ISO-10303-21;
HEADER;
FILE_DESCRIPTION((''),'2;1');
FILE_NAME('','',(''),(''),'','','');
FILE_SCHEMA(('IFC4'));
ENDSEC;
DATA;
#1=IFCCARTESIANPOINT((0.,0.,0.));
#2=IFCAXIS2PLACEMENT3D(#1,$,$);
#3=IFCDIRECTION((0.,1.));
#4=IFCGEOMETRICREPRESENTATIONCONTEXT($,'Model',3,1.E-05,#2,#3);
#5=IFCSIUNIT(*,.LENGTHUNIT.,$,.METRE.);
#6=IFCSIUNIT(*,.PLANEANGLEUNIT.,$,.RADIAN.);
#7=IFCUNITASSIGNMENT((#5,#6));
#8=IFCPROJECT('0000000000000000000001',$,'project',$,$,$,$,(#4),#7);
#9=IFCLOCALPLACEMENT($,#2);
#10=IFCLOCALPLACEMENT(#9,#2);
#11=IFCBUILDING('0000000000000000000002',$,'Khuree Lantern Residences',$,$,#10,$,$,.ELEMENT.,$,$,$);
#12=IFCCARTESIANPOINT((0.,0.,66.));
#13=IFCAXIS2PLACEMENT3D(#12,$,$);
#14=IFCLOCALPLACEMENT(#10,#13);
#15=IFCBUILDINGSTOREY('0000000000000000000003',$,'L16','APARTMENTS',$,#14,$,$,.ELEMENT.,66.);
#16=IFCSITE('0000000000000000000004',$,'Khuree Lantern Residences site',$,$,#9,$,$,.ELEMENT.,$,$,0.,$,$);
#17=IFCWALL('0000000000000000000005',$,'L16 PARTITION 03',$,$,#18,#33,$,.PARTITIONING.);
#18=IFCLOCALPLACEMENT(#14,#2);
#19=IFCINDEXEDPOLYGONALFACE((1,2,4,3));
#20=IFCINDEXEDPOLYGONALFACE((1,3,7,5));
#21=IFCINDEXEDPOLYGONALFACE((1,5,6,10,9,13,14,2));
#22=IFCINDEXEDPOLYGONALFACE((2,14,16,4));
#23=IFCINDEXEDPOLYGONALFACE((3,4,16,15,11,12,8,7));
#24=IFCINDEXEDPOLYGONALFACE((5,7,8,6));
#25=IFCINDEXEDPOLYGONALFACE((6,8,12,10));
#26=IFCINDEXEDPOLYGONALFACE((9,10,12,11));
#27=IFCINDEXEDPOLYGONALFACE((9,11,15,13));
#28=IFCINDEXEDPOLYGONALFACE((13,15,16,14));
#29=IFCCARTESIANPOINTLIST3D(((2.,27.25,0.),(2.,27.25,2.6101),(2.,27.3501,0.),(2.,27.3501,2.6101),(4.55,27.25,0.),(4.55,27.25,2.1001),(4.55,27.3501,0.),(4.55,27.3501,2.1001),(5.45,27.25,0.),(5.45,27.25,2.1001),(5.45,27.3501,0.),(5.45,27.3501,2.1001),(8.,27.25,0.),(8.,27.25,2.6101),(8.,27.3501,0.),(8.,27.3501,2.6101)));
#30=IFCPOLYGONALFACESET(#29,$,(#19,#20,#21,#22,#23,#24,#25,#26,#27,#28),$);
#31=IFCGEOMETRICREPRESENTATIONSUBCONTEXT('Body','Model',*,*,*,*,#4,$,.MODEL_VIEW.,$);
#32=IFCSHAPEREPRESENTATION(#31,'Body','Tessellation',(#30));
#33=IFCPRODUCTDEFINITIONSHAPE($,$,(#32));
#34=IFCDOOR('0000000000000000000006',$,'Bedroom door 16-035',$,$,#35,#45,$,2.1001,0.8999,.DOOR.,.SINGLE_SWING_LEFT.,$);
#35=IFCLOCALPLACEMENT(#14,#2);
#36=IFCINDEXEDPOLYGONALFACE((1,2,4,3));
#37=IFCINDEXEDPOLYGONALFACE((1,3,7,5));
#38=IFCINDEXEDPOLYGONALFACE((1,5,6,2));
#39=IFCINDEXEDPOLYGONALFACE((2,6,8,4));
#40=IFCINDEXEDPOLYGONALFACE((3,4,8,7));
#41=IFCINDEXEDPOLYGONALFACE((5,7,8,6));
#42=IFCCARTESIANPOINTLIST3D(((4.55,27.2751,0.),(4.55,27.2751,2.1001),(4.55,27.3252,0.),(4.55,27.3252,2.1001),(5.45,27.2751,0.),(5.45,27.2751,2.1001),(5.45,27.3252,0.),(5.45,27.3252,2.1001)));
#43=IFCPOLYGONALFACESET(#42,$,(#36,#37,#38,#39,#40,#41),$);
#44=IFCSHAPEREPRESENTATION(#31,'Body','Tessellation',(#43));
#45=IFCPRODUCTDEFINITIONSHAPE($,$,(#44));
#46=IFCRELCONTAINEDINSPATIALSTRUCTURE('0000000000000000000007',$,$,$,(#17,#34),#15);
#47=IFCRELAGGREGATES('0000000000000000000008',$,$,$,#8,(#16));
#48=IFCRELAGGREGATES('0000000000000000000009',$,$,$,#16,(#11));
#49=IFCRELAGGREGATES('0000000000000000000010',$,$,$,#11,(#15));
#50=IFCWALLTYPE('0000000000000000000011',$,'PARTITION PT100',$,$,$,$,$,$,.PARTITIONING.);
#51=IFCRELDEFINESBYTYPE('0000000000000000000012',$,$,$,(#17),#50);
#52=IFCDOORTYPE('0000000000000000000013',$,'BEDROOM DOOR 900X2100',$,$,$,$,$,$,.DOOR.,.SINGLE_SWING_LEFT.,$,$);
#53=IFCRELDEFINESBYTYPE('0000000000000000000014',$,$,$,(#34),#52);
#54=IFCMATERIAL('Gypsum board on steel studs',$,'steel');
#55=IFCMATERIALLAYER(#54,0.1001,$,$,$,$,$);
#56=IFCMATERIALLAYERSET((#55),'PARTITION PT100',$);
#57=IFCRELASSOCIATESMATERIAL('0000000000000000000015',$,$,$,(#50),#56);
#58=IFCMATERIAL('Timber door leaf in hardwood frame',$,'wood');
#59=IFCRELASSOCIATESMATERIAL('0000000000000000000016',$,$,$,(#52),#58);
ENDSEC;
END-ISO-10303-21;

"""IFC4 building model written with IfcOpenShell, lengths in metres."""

from ifc_helpers import new_model, si_unit, direction, frame, frame_2d, origin, place, context, subcontext, project, spatial, rectangle, extrude, material, layer, layer_set, type_object, element, fill, save


model = new_model("IFC4")

# Units and contexts
model_context = context("Model", 3, precision=1e-05, world=origin(), true_north=direction((0.0, 1.0)))
body_context = subcontext(model_context, "Body", "Model", "MODEL_VIEW")
ifc_project = project(units=[si_unit("LENGTHUNIT", "METRE"), si_unit("PLANEANGLEUNIT", "RADIAN")], contexts=[model_context])

# Site, building, storey
site_placement = place(None, origin())
site = spatial("IfcSite", under=ifc_project, at=site_placement, Name="Khuree Lantern Residences site", CompositionType="ELEMENT", RefElevation=0.0)
building_placement = place(site_placement, origin())
building = spatial("IfcBuilding", under=site, at=building_placement, Name="Khuree Lantern Residences", CompositionType="ELEMENT")
storey_placement = place(building_placement, frame((0.0, 0.0, 66.0)))
storey = spatial("IfcBuildingStorey", under=building, at=storey_placement, Name="L16", Description="APARTMENTS", CompositionType="ELEMENT", Elevation=66.0)

# Shared definitions
ifc_material_1 = material(Name="Timber door leaf in hardwood frame", Category="wood")

# Shared definitions
ifc_material_2 = material(Name="Gypsum board on steel studs", Category="steel")
ifc_layer_1 = layer(ifc_material_2, 0.1001)
ifc_layer_set_1 = layer_set([ifc_layer_1], Name="PARTITION PT100")
wall_type_1 = type_object("IfcWallType", Name="PARTITION PT100", PredefinedType="PARTITIONING", material=ifc_layer_set_1)

# Shared definitions
door_type_1 = type_object("IfcDoorType", Name="BEDROOM DOOR 900X2100", OperationType="SINGLE_SWING_LEFT", PredefinedType="DOOR", material=ifc_material_1)

# Wall, opening, door
wall_1_placement = place(storey_placement, frame((8.0, 27.3, 0.0), z_axis=(0.0, 0.0, 1.0), x_axis=(-1.0, 0.0, 0.0)))
wall_1 = element("IfcWall", 1, at=wall_1_placement, inside=storey, type_object=wall_type_1, Name="L16 PARTITION 03", PredefinedType="PARTITIONING", context=body_context, shape_type="SweptSolid", body=[
    extrude(rectangle(XDim=6.0, YDim=0.1001, at=frame_2d((3.0, 0.0))), origin(), (0.0, 0.0, 1.0), 2.6101),
])
opening_1_placement = place(wall_1_placement, frame((2.55, 0.0, 0.0)))
opening_1 = element("IfcOpeningElement", 2, at=opening_1_placement, cuts=wall_1, PredefinedType="OPENING", context=body_context, shape_type="SweptSolid", body=[
    extrude(rectangle(XDim=0.8999, YDim=2.1001, at=frame_2d((0.45, 1.05))), frame((0.0, 0.0601, 0.0), z_axis=(0.0, -1.0, 0.0), x_axis=(1.0, 0.0, 0.0)), (0.0, 0.0, 1.0), 0.1201),
])
door_1_placement = place(opening_1_placement, origin())
door_1 = element("IfcDoor", 3, at=door_1_placement, inside=storey, type_object=door_type_1, Name="Bedroom door 16-035", OperationType="SINGLE_SWING_LEFT", OverallHeight=2.1001, OverallWidth=0.8999, PredefinedType="DOOR", context=body_context, shape_type="SweptSolid", body=[
    extrude(rectangle(XDim=0.8999, YDim=2.1001, at=frame_2d((0.45, 1.05))), frame((0.0, 0.0249, 0.0), z_axis=(0.0, -1.0, 0.0), x_axis=(1.0, 0.0, 0.0)), (0.0, 0.0, 1.0), 0.05),
])
fill(opening_1, door_1)

save(model, "model.ifc")
